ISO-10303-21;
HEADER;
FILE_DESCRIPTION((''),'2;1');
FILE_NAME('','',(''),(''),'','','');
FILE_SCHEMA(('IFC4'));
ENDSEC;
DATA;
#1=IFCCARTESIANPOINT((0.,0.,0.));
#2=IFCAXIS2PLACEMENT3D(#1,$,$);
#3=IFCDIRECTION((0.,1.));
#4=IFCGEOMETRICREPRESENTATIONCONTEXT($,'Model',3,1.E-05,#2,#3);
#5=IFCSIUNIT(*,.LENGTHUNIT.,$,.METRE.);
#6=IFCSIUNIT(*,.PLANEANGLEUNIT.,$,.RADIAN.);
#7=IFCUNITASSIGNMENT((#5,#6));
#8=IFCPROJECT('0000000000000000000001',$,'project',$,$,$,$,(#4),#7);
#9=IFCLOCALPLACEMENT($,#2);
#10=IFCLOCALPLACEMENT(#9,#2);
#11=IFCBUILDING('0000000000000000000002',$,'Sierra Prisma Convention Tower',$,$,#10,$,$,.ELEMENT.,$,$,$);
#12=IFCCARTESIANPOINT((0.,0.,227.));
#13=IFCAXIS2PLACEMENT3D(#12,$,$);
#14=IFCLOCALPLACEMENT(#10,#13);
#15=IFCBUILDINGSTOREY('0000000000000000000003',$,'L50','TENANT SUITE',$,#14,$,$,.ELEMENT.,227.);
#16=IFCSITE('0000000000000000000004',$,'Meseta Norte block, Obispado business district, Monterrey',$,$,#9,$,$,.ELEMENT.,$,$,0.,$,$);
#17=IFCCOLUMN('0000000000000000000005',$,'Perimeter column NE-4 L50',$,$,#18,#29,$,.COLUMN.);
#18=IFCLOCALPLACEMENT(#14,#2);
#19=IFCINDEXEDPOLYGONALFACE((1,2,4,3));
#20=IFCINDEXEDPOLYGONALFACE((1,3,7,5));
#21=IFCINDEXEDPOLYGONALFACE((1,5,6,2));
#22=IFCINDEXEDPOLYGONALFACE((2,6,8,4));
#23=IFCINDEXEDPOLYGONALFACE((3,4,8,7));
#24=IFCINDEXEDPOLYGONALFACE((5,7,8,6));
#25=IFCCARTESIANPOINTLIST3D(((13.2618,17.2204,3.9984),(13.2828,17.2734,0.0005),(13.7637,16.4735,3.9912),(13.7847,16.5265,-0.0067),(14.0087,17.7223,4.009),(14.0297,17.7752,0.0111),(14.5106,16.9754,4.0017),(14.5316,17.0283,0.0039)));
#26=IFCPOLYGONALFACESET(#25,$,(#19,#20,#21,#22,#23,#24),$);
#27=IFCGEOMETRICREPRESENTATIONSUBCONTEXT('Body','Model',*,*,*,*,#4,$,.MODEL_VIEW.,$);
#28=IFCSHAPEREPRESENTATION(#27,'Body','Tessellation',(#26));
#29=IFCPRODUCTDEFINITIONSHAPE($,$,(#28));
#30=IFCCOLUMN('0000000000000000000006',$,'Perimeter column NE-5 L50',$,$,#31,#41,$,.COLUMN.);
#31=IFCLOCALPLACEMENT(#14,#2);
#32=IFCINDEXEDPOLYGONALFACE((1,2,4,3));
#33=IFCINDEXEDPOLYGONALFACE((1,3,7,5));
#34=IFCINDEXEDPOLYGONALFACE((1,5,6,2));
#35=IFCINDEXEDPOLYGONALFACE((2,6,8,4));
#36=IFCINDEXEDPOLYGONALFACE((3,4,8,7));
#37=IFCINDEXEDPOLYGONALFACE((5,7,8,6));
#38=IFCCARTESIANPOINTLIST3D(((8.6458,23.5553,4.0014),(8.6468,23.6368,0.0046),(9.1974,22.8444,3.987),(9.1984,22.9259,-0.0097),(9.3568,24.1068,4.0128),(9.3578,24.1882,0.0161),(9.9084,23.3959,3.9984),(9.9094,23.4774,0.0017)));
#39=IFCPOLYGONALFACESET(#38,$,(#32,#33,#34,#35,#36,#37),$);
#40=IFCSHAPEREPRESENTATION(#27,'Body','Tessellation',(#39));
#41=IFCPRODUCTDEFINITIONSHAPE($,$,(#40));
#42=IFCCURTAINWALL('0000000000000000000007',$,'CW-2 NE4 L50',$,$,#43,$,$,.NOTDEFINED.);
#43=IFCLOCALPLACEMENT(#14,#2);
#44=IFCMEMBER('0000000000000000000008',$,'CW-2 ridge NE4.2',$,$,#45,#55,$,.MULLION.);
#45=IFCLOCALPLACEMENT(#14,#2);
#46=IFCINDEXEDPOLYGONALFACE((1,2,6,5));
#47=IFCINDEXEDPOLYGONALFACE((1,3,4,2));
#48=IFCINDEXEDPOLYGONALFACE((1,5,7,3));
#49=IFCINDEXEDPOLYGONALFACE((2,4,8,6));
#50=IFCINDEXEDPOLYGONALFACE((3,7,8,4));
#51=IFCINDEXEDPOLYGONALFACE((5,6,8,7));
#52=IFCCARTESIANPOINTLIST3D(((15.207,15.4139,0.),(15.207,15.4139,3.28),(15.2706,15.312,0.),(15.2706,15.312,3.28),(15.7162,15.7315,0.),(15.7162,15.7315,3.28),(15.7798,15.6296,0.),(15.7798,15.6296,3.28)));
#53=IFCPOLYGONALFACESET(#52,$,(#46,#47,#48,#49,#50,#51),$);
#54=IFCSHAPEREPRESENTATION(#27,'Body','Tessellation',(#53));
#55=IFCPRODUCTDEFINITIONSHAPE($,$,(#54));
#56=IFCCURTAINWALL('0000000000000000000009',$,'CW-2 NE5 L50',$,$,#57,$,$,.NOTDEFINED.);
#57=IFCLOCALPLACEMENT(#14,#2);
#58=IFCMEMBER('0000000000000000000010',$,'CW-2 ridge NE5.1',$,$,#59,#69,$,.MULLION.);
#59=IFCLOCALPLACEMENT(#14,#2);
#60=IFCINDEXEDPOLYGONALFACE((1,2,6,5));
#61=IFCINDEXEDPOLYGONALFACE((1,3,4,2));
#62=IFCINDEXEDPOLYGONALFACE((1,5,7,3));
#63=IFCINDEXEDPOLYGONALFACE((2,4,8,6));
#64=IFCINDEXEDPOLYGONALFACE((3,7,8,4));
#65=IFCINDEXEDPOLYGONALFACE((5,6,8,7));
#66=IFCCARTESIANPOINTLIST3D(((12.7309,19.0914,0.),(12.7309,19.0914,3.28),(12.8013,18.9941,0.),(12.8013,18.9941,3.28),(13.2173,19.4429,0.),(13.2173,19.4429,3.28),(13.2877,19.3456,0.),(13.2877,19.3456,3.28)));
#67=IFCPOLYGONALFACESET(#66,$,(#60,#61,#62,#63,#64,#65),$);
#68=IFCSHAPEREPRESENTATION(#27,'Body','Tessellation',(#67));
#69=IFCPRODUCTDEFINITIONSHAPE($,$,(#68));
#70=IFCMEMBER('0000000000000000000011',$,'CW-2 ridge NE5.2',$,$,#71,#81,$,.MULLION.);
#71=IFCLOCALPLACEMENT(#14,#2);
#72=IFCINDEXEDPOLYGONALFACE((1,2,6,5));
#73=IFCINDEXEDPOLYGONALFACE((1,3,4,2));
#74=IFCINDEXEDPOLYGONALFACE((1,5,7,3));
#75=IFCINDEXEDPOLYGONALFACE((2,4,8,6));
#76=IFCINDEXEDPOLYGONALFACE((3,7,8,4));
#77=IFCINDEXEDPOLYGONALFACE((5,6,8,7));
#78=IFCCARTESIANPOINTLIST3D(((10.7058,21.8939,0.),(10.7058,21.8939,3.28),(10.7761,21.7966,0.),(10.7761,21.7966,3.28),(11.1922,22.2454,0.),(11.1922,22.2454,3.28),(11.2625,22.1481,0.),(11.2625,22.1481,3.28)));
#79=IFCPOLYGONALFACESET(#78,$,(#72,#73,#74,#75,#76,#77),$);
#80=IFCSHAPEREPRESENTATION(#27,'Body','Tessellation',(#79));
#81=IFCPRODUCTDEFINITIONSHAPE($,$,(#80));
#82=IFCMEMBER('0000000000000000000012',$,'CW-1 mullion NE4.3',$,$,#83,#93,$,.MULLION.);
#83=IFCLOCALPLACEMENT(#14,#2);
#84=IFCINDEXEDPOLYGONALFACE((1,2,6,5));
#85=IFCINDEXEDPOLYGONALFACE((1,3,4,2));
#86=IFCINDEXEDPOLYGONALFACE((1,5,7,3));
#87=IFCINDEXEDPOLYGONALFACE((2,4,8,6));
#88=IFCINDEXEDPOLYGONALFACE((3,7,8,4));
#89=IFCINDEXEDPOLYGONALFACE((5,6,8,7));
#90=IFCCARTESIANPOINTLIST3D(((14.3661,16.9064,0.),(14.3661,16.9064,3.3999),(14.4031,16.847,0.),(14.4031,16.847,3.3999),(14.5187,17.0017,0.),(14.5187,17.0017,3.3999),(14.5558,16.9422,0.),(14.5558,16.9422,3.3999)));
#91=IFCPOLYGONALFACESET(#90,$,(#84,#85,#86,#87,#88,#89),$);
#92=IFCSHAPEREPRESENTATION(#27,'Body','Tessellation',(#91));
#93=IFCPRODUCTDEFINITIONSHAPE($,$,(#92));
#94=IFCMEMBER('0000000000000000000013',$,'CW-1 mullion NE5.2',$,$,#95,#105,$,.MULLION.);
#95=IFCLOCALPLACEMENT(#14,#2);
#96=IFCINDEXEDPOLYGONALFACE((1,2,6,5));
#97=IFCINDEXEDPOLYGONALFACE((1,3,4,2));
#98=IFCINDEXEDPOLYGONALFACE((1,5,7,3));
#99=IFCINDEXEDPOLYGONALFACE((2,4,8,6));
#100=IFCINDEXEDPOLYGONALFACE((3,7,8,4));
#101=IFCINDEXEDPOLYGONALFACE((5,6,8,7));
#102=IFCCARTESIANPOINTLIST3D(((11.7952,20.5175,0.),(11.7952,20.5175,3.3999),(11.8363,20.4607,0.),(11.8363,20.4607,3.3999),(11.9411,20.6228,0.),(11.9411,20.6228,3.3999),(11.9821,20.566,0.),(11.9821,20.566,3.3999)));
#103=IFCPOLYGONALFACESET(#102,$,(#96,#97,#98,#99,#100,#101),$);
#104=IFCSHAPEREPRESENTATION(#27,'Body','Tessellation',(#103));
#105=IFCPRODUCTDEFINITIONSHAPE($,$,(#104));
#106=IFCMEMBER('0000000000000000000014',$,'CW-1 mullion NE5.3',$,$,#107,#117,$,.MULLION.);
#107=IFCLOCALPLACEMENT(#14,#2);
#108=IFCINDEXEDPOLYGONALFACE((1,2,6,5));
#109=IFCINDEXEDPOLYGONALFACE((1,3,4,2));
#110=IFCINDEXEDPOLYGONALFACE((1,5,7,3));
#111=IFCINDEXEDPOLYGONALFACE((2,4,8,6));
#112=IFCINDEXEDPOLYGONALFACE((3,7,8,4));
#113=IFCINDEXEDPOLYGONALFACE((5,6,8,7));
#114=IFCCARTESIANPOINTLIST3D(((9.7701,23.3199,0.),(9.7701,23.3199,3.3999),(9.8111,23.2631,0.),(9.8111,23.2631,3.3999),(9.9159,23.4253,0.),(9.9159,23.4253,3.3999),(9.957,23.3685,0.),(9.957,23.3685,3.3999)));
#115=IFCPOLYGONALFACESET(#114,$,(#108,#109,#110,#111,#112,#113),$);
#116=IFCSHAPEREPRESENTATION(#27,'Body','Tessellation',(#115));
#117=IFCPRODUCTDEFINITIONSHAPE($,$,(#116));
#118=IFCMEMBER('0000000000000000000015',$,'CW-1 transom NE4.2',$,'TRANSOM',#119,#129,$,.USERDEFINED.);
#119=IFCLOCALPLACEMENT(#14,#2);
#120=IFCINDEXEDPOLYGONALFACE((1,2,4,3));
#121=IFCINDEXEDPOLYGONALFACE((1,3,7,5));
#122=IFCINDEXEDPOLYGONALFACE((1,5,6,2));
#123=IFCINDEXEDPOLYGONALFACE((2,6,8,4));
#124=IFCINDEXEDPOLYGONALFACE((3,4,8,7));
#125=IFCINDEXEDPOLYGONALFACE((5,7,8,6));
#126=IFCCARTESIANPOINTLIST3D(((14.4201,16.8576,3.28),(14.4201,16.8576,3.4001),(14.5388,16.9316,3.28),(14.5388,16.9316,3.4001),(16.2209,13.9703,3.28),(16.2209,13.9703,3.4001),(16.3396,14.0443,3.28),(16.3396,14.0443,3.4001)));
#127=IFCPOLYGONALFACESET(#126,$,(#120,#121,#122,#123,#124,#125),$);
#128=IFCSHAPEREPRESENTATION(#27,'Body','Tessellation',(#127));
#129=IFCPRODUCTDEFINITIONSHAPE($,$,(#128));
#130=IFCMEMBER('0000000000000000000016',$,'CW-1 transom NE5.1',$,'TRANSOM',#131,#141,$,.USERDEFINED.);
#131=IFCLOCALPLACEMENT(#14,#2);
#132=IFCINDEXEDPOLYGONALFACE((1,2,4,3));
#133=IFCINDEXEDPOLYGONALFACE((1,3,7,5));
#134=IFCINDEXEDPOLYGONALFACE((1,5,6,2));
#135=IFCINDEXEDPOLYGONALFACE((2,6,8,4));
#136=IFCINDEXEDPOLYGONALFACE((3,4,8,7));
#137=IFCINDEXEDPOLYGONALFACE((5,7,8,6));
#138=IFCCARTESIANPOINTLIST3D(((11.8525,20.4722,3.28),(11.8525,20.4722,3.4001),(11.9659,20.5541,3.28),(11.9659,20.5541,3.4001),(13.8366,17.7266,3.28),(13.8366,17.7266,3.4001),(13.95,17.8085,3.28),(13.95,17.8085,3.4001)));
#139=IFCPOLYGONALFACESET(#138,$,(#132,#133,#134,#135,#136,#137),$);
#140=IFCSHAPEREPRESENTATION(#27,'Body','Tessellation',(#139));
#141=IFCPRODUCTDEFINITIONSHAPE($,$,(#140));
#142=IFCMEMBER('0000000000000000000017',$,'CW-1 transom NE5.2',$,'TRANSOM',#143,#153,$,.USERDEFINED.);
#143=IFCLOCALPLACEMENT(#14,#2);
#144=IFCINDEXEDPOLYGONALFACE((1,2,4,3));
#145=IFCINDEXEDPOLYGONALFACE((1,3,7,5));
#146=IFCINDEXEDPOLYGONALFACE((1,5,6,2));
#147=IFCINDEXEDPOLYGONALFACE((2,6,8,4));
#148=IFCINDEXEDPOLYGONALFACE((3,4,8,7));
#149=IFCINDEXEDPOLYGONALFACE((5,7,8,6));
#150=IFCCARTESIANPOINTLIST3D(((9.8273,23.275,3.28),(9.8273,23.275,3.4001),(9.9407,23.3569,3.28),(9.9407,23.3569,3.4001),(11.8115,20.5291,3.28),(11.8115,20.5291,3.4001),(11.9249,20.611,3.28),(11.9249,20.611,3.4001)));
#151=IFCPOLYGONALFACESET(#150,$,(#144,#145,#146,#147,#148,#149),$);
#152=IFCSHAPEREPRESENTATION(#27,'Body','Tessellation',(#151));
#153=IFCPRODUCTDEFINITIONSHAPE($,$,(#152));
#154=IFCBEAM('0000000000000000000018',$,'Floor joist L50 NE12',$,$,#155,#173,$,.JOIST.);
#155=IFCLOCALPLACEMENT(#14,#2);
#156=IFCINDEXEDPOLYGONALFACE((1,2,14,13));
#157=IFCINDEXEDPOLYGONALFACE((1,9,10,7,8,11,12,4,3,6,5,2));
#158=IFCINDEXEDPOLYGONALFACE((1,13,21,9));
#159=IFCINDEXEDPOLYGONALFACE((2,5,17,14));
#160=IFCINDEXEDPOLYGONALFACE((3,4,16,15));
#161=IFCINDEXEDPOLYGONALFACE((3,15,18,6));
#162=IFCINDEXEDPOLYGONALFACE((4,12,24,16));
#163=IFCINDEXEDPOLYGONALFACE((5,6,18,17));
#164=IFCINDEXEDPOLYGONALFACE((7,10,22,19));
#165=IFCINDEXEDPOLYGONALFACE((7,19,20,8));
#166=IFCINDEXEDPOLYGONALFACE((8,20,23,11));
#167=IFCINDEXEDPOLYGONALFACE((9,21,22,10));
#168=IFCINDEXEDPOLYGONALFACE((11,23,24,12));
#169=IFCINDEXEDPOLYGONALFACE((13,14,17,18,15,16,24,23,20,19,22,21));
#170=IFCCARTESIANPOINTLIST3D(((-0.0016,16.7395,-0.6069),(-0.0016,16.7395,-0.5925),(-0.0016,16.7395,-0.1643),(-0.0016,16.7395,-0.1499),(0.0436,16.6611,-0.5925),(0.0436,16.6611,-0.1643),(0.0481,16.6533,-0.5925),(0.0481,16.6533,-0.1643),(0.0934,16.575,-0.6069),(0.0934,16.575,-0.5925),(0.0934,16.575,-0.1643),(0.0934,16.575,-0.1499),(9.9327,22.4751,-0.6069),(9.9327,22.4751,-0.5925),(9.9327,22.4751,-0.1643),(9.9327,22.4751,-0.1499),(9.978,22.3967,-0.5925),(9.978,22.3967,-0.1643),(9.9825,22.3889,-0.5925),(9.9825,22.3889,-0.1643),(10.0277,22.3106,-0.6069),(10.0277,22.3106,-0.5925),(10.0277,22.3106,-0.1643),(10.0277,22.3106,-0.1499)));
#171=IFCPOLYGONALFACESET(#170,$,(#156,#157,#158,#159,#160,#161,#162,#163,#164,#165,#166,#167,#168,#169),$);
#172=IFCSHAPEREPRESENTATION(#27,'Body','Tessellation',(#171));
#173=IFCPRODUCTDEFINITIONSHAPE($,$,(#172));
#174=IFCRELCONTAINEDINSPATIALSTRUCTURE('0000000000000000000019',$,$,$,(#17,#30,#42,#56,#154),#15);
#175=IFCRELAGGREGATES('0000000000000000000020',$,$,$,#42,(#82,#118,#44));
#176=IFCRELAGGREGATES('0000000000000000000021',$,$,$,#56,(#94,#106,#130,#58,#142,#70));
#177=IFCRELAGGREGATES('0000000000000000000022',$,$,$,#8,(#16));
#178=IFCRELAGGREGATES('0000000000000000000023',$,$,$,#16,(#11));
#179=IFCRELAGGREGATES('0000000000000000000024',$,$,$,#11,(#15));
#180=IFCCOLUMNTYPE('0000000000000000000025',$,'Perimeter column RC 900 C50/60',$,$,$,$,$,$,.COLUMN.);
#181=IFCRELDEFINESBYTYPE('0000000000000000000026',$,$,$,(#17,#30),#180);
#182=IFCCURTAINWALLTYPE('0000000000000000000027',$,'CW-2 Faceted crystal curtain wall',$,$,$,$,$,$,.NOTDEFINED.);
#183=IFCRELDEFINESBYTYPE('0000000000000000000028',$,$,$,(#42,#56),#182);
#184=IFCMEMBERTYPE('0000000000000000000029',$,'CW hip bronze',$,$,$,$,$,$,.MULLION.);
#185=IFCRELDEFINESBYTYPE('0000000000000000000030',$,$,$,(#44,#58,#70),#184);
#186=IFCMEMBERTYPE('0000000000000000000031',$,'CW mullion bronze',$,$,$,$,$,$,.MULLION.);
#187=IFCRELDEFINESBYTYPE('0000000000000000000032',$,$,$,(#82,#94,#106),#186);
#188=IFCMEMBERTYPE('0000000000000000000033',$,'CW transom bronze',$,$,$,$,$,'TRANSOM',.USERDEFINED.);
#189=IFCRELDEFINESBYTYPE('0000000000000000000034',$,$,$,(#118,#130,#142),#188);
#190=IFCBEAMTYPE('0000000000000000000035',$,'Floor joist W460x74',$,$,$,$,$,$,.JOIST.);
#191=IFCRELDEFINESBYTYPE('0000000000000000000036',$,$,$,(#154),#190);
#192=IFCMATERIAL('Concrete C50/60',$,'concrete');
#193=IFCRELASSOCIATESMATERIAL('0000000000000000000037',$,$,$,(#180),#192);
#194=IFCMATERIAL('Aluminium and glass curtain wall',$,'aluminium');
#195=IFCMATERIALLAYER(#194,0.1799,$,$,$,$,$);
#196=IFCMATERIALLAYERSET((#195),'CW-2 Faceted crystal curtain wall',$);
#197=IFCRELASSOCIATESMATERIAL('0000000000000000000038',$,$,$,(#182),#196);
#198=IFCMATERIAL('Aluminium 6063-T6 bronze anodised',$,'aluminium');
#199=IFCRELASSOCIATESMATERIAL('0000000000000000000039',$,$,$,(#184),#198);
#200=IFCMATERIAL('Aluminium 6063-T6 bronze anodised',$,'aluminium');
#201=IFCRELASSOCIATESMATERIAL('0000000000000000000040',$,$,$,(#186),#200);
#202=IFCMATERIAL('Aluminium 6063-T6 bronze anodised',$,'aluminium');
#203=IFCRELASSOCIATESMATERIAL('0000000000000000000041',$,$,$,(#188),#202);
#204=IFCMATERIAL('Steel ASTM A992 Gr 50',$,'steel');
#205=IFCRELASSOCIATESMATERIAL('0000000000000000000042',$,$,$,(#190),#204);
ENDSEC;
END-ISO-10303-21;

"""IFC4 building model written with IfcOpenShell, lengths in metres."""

from ifc_helpers import new_model, si_unit, direction, frame, origin, origin_2d, place, context, subcontext, project, spatial, rectangle, i_section, extrude, clip, halfspace, material, layer, layer_set, material_profile, profile_set, type_object, element, aggregate, save


model = new_model("IFC4")

# Units and contexts
model_context = context("Model", 3, precision=1e-05, world=origin(), true_north=direction((0.0, 1.0)))
body_context = subcontext(model_context, "Body", "Model", "MODEL_VIEW")
ifc_project = project(units=[si_unit("LENGTHUNIT", "METRE"), si_unit("PLANEANGLEUNIT", "RADIAN")], contexts=[model_context])

# Site, building, storey
site_placement = place(None, origin())
site = spatial("IfcSite", under=ifc_project, at=site_placement, Name="Meseta Norte block, Obispado business district, Monterrey", CompositionType="ELEMENT", RefElevation=0.0)
building_placement = place(site_placement, origin())
building = spatial("IfcBuilding", under=site, at=building_placement, Name="Sierra Prisma Convention Tower", CompositionType="ELEMENT")
storey_placement = place(building_placement, frame((0.0, 0.0, 227.0)))
storey = spatial("IfcBuildingStorey", under=building, at=storey_placement, Name="L50", Description="TENANT SUITE", CompositionType="ELEMENT", Elevation=227.0)

# Columns
ifc_material_1 = material(Name="Concrete C50/60", Category="concrete")
ifc_material_profile_1 = material_profile(ifc_material_1, rectangle(XDim=0.8999, YDim=0.8999, at=origin_2d()), Name="Perimeter column RC 900 C50/60")
ifc_profile_set_1 = profile_set([ifc_material_profile_1], Name="Concrete C50/60")
column_type = type_object("IfcColumnType", Name="Perimeter column RC 900 C50/60", PredefinedType="COLUMN", material=ifc_profile_set_1)
column_1_placement = place(storey_placement, frame((13.9072, 17.1509, 0.0), z_axis=(-0.005248, -0.013243, 0.999899), x_axis=(-0.557761, 0.829963, 0.008065)))
element("IfcColumn", 1, at=column_1_placement, inside=storey, type_object=column_type, Name="Perimeter column NE-4 L50", PredefinedType="COLUMN", context=body_context, shape_type="SweptSolid", body=[
    clip(extrude(rectangle(XDim=0.8999, YDim=0.8999, at=origin_2d()), origin(), (0.0, 0.0, 1.0), 4.0005), halfspace(frame((0.0, 0.0, 0.0022)), True)),
])
column_2_placement = place(storey_placement, frame((9.2781, 23.5571, 0.0), z_axis=(-0.000244, -0.020382, 0.999792), x_axis=(-0.612951, 0.78996, 0.015954)))
element("IfcColumn", 2, at=column_2_placement, inside=storey, type_object=column_type, Name="Perimeter column NE-5 L50", PredefinedType="COLUMN", context=body_context, shape_type="SweptSolid", body=[
    clip(extrude(rectangle(XDim=0.8999, YDim=0.8999, at=origin_2d()), origin(), (0.0, 0.0, 1.0), 4.0007), halfspace(frame((0.0, 0.0, 0.0032)), True)),
])

# Curtain wall, member
ifc_material_2 = material(Name="Aluminium and glass curtain wall", Category="aluminium")
ifc_layer_1 = layer(ifc_material_2, 0.1799)
ifc_layer_set_1 = layer_set([ifc_layer_1], Name="CW-2 Faceted crystal curtain wall")
curtain_wall_type = type_object("IfcCurtainWallType", Name="CW-2 Faceted crystal curtain wall", PredefinedType="NOTDEFINED", material=ifc_layer_set_1)
curtain_wall_1_placement = place(storey_placement, origin())
curtain_wall_1 = element("IfcCurtainWall", 3, at=curtain_wall_1_placement, inside=storey, type_object=curtain_wall_type, Name="CW-2 NE4 L50", PredefinedType="NOTDEFINED")
ifc_material_3 = material(Name="Aluminium 6063-T6 bronze anodised", Category="aluminium")
ifc_material_profile_2 = material_profile(ifc_material_3, rectangle(XDim=0.1201, YDim=0.6001, at=origin_2d()), Name="ALU RIDGE BLADE 120x600")
ifc_profile_set_2 = profile_set([ifc_material_profile_2], Name="Aluminium 6063-T6 bronze anodised")
member_type_1 = type_object("IfcMemberType", Name="CW hip bronze", PredefinedType="MULLION", material=ifc_profile_set_2)
member_1_placement = place(storey_placement, frame((15.4934, 15.5217, 0.0), z_axis=(0.0, 0.0, 1.0), x_axis=(-0.529191, 0.848503, 0.0)))
member_1 = element("IfcMember", 4, at=member_1_placement, type_object=member_type_1, Name="CW-2 ridge NE4.2", PredefinedType="MULLION", context=body_context, shape_type="SweptSolid", body=[
    extrude(rectangle(XDim=0.1201, YDim=0.6001, at=origin_2d()), origin(), (0.0, 0.0, 1.0), 3.28),
])

# Curtain wall, members
curtain_wall_2_placement = place(storey_placement, origin())
curtain_wall_2 = element("IfcCurtainWall", 5, at=curtain_wall_2_placement, inside=storey, type_object=curtain_wall_type, Name="CW-2 NE5 L50", PredefinedType="NOTDEFINED")
member_2_placement = place(storey_placement, frame((13.0093, 19.2185, 0.0), z_axis=(0.0, 0.0, 1.0), x_axis=(-0.585699, 0.810529, 0.0)))
member_2 = element("IfcMember", 6, at=member_2_placement, type_object=member_type_1, Name="CW-2 ridge NE5.1", PredefinedType="MULLION", context=body_context, shape_type="SweptSolid", body=[
    extrude(rectangle(XDim=0.1201, YDim=0.6001, at=origin_2d()), origin(), (0.0, 0.0, 1.0), 3.28),
])
member_3_placement = place(storey_placement, frame((10.9841, 22.021, 0.0), z_axis=(0.0, 0.0, 1.0), x_axis=(-0.585699, 0.810529, 0.0)))
member_3 = element("IfcMember", 7, at=member_3_placement, type_object=member_type_1, Name="CW-2 ridge NE5.2", PredefinedType="MULLION", context=body_context, shape_type="SweptSolid", body=[
    extrude(rectangle(XDim=0.1201, YDim=0.6001, at=origin_2d()), origin(), (0.0, 0.0, 1.0), 3.28),
])

# Members
ifc_material_4 = material(Name="Aluminium 6063-T6 bronze anodised", Category="aluminium")
ifc_material_profile_3 = material_profile(ifc_material_4, rectangle(XDim=0.1799, YDim=0.0701, at=origin_2d()), Name="ALU MULLION 70x180")
ifc_profile_set_3 = profile_set([ifc_material_profile_3], Name="Aluminium 6063-T6 bronze anodised")
member_type_2 = type_object("IfcMemberType", Name="CW mullion bronze", PredefinedType="MULLION", material=ifc_profile_set_3)
member_4_placement = place(storey_placement, frame((14.4609, 16.9243, 0.0), z_axis=(0.0, 0.0, 1.0), x_axis=(-0.848503, -0.529191, 0.0)))
member_4 = element("IfcMember", 8, at=member_4_placement, type_object=member_type_2, Name="CW-1 mullion NE4.3", PredefinedType="MULLION", context=body_context, shape_type="SweptSolid", body=[
    extrude(rectangle(XDim=0.1799, YDim=0.0701, at=origin_2d()), origin(), (0.0, 0.0, 1.0), 3.3999),
])
member_5_placement = place(storey_placement, frame((11.8887, 20.5417, 0.0), z_axis=(0.0, 0.0, 1.0), x_axis=(-0.810529, -0.585699, 0.0)))
member_5 = element("IfcMember", 9, at=member_5_placement, type_object=member_type_2, Name="CW-1 mullion NE5.2", PredefinedType="MULLION", context=body_context, shape_type="SweptSolid", body=[
    extrude(rectangle(XDim=0.1799, YDim=0.0701, at=origin_2d()), origin(), (0.0, 0.0, 1.0), 3.3999),
])
member_6_placement = place(storey_placement, frame((9.8635, 23.3442, 0.0), z_axis=(0.0, 0.0, 1.0), x_axis=(-0.810529, -0.585699, 0.0)))
member_6 = element("IfcMember", 10, at=member_6_placement, type_object=member_type_2, Name="CW-1 mullion NE5.3", PredefinedType="MULLION", context=body_context, shape_type="SweptSolid", body=[
    extrude(rectangle(XDim=0.1799, YDim=0.0701, at=origin_2d()), origin(), (0.0, 0.0, 1.0), 3.3999),
])
ifc_material_5 = material(Name="Aluminium 6063-T6 bronze anodised", Category="aluminium")
ifc_material_profile_4 = material_profile(ifc_material_5, rectangle(XDim=0.1399, YDim=0.1201, at=origin_2d()), Name="ALU TRANSOM 120x140")
ifc_profile_set_4 = profile_set([ifc_material_profile_4], Name="Aluminium 6063-T6 bronze anodised")
member_type_3 = type_object("IfcMemberType", Name="CW transom bronze", ElementType="TRANSOM", PredefinedType="USERDEFINED", material=ifc_profile_set_4)
member_7_placement = place(storey_placement, frame((16.2803, 14.0073, 3.3401), z_axis=(-0.529212, 0.84849, 0.0), x_axis=(-0.84849, -0.529212, 0.0)))
member_7 = element("IfcMember", 11, at=member_7_placement, type_object=member_type_3, Name="CW-1 transom NE4.2", ObjectType="TRANSOM", PredefinedType="USERDEFINED", context=body_context, shape_type="SweptSolid", body=[
    extrude(rectangle(XDim=0.1399, YDim=0.1201, at=origin_2d()), origin(), (0.0, 0.0, 1.0), 3.4028),
])
member_8_placement = place(storey_placement, frame((13.8933, 17.7676, 3.3401), z_axis=(-0.585722, 0.810512, 0.0), x_axis=(-0.810512, -0.585722, 0.0)))
member_8 = element("IfcMember", 12, at=member_8_placement, type_object=member_type_3, Name="CW-1 transom NE5.1", ObjectType="TRANSOM", PredefinedType="USERDEFINED", context=body_context, shape_type="SweptSolid", body=[
    extrude(rectangle(XDim=0.1399, YDim=0.1201, at=origin_2d()), origin(), (0.0, 0.0, 1.0), 3.3875),
])
member_9_placement = place(storey_placement, frame((11.8682, 20.5701, 3.3401), z_axis=(-0.585688, 0.810537, 0.0), x_axis=(-0.810537, -0.585688, 0.0)))
member_9 = element("IfcMember", 13, at=member_9_placement, type_object=member_type_3, Name="CW-1 transom NE5.2", ObjectType="TRANSOM", PredefinedType="USERDEFINED", context=body_context, shape_type="SweptSolid", body=[
    extrude(rectangle(XDim=0.1399, YDim=0.1201, at=origin_2d()), origin(), (0.0, 0.0, 1.0), 3.3877),
])

# Beam
ifc_material_6 = material(Name="Steel ASTM A992 Gr 50", Category="steel")
ifc_material_profile_5 = material_profile(ifc_material_6, i_section(OverallWidth=0.1899, OverallDepth=0.457, WebThickness=0.009, FlangeThickness=0.0144, at=origin_2d()), Name="W460x74")
ifc_profile_set_5 = profile_set([ifc_material_profile_5], Name="Steel ASTM A992 Gr 50")
beam_type_1 = type_object("IfcBeamType", Name="Floor joist W460x74", PredefinedType="JOIST", material=ifc_profile_set_5)
beam_1_placement = place(storey_placement, frame((9.9802, 22.3928, -0.3784), z_axis=(-0.866025, -0.500001, 0.0), x_axis=(0.500001, -0.866025, 0.0)))
element("IfcBeam", 14, at=beam_1_placement, inside=storey, type_object=beam_type_1, Name="Floor joist L50 NE12", PredefinedType="JOIST", context=body_context, shape_type="SweptSolid", body=[
    extrude(i_section(OverallWidth=0.1899, OverallDepth=0.457, WebThickness=0.009, FlangeThickness=0.0144, at=origin_2d()), origin(), (0.0, 0.0, 1.0), 11.4712),
])

aggregate(curtain_wall_1, [member_4, member_7, member_1])
aggregate(curtain_wall_2, [member_5, member_6, member_8, member_2, member_9, member_3])

save(model, "model.ifc")
